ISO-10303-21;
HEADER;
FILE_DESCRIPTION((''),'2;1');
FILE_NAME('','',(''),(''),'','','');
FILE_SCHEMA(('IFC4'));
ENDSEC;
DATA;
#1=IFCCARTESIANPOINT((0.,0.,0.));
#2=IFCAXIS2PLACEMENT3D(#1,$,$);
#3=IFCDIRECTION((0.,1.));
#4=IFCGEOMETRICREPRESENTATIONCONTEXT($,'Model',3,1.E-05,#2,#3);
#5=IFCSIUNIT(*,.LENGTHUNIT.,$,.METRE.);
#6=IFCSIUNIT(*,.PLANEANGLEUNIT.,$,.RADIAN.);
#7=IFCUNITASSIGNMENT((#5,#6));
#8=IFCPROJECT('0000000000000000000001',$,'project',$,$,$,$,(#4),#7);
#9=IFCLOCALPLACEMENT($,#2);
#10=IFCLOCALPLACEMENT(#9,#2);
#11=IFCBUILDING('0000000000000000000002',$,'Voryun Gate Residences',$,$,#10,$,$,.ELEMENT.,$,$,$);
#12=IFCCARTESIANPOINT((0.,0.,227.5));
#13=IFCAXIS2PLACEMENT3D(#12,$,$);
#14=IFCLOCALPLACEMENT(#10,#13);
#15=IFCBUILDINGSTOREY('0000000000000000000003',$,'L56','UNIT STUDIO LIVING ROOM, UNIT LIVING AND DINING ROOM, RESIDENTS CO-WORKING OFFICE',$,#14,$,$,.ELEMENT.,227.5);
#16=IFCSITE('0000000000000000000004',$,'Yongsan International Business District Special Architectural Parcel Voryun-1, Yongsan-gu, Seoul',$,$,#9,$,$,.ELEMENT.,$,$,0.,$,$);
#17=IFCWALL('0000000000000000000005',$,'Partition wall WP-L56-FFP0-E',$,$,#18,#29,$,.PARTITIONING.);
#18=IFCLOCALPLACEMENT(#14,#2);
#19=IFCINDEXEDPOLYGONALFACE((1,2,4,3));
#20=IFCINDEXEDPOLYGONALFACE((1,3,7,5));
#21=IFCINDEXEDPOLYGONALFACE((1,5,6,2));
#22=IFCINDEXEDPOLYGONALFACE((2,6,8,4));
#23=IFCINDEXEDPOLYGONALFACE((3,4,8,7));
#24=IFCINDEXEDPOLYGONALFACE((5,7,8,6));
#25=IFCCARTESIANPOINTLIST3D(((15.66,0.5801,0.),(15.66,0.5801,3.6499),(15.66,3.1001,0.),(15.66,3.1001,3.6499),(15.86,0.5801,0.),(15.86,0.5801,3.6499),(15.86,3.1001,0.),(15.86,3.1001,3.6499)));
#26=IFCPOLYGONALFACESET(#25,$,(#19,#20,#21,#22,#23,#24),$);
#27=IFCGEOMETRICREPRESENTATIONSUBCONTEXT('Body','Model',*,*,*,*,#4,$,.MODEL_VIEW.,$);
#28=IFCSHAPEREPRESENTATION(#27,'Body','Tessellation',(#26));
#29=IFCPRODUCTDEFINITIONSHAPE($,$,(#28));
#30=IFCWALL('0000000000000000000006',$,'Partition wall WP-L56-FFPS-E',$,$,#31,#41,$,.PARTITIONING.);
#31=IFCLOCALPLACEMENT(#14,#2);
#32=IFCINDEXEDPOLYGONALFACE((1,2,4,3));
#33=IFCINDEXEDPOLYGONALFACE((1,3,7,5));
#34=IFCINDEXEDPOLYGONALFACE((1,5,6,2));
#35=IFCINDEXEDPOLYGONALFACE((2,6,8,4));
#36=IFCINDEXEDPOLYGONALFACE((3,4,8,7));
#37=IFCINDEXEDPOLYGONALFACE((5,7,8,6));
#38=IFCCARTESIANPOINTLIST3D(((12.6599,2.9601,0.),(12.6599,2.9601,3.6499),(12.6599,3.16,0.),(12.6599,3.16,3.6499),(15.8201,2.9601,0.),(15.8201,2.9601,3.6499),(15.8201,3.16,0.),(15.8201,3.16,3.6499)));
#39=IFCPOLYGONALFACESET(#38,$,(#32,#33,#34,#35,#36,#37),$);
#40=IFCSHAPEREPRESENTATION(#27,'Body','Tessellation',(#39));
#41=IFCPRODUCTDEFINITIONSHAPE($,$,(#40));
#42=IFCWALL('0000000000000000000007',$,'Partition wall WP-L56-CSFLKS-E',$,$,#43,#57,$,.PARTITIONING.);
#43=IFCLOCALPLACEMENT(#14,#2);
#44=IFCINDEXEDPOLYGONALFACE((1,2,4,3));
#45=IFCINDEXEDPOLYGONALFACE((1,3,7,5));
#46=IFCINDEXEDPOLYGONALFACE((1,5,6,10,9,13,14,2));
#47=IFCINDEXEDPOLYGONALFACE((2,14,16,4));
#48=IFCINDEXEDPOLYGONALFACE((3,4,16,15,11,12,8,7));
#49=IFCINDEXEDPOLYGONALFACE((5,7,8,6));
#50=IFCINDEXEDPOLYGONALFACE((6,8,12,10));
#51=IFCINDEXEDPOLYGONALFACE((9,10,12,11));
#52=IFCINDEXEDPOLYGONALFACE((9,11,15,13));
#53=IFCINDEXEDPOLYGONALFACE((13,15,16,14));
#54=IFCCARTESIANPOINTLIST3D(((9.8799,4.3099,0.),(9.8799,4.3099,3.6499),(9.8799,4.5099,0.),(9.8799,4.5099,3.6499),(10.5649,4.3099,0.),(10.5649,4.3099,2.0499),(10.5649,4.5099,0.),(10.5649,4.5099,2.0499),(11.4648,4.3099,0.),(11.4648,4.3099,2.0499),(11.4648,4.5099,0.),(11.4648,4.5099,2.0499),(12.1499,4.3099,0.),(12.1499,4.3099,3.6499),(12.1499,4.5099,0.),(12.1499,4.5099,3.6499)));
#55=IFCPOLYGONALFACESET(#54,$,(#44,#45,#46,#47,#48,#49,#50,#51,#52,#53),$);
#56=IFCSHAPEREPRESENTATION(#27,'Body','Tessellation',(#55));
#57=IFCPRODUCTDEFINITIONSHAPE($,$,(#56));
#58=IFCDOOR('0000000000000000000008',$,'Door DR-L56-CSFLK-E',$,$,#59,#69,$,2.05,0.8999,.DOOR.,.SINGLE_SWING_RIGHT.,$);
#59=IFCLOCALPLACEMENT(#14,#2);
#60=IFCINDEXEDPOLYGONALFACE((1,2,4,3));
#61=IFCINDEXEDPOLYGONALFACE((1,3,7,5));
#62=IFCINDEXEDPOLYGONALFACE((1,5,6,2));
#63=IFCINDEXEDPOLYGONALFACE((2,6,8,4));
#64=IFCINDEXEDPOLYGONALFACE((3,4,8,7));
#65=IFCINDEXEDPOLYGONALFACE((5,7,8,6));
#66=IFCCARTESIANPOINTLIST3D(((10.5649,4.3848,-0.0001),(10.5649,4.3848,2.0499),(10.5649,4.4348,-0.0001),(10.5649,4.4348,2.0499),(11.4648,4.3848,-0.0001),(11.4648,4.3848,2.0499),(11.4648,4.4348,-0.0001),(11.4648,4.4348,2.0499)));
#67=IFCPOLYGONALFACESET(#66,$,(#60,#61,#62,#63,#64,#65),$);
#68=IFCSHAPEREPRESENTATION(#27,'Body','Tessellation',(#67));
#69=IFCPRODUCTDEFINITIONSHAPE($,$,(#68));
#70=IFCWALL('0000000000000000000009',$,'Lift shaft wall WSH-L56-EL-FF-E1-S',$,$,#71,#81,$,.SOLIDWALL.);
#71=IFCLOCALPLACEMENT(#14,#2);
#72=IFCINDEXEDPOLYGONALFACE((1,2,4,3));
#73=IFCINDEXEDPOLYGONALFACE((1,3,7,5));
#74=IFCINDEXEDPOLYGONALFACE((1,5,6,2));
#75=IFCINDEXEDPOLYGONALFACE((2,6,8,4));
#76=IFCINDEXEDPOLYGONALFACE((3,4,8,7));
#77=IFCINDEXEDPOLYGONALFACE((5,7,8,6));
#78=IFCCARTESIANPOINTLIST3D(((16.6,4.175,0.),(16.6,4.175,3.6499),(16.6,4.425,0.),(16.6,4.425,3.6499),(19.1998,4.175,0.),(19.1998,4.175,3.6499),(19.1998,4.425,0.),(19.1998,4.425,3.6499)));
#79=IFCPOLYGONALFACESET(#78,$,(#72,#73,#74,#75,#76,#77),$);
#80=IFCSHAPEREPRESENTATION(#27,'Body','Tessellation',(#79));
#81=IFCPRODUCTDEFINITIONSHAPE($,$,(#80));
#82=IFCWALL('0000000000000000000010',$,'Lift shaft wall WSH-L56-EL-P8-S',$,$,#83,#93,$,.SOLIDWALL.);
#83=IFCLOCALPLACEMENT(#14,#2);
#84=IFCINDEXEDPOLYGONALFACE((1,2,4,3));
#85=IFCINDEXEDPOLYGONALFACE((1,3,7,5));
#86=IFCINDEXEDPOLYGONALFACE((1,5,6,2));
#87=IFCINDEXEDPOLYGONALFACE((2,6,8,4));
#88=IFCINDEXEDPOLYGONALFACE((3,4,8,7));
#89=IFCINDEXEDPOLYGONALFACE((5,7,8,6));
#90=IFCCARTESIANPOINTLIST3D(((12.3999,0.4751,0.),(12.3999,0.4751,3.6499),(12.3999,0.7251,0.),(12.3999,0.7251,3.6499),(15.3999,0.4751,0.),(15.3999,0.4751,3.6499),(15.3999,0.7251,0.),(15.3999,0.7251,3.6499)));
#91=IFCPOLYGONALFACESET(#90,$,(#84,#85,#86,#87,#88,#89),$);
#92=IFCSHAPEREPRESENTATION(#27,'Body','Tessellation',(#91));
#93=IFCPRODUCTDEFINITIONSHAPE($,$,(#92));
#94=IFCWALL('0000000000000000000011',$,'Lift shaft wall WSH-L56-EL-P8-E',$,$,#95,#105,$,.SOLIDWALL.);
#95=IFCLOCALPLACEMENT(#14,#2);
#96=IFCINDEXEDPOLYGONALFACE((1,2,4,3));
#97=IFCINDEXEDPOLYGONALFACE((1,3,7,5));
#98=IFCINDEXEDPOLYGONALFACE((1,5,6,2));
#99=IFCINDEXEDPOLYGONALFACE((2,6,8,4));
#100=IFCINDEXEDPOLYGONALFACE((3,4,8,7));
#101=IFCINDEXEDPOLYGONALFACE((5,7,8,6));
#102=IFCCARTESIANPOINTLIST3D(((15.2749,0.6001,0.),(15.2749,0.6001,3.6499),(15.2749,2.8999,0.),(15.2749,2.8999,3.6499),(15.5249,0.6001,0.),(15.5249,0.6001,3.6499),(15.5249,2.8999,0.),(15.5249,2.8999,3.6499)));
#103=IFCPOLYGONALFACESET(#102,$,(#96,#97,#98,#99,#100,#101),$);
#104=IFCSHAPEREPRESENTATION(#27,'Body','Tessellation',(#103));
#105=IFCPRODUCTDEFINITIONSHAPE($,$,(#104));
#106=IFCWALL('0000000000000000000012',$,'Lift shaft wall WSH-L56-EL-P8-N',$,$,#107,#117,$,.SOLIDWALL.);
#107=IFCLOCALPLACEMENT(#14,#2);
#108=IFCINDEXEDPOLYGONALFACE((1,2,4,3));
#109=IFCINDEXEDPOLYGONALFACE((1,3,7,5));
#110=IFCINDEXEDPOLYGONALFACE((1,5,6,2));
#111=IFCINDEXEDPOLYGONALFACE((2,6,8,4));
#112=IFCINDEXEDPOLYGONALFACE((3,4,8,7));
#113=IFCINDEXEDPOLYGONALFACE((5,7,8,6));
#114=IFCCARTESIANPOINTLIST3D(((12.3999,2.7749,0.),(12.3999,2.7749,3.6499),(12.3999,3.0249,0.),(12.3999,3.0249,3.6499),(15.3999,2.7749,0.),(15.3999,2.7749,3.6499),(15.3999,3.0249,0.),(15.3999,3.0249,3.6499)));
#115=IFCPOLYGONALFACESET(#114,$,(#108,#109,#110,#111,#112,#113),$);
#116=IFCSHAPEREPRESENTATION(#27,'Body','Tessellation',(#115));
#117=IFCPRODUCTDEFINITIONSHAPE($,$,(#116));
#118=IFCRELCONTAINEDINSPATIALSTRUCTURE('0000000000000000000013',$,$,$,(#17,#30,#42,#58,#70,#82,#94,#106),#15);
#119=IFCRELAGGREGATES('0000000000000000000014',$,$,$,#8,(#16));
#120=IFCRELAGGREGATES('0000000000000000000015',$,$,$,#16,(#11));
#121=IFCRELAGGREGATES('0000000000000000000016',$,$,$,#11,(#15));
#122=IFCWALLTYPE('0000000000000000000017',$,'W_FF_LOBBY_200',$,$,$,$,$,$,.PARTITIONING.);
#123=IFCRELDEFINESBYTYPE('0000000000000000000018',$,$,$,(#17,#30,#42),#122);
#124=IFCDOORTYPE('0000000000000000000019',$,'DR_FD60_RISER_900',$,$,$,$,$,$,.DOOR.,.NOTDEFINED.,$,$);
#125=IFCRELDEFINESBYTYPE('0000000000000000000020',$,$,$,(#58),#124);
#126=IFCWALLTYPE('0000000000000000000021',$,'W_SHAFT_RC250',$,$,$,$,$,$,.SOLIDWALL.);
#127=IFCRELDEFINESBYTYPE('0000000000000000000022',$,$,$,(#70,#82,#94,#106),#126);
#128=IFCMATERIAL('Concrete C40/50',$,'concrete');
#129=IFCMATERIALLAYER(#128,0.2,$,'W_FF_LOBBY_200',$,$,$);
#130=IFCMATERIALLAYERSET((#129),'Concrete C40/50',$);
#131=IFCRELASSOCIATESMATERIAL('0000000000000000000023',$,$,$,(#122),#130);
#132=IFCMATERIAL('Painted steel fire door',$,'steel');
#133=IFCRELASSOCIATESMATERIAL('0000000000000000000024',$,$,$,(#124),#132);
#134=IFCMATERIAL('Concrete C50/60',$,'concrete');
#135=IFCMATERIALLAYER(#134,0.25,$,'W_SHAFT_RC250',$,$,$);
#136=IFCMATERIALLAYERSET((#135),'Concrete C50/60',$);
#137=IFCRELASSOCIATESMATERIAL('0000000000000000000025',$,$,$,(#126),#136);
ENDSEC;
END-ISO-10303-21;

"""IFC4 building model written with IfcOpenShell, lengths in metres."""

from ifc_helpers import new_model, si_unit, direction, frame, frame_2d, origin, place, context, subcontext, project, spatial, rectangle, extrude, material, layer, layer_set, type_object, element, fill, save


model = new_model("IFC4")

# Units and contexts
model_context = context("Model", 3, precision=1e-05, world=origin(), true_north=direction((0.0, 1.0)))
body_context = subcontext(model_context, "Body", "Model", "MODEL_VIEW")
ifc_project = project(units=[si_unit("LENGTHUNIT", "METRE"), si_unit("PLANEANGLEUNIT", "RADIAN")], contexts=[model_context])

# Site, building, storey
site_placement = place(None, origin())
site = spatial("IfcSite", under=ifc_project, at=site_placement, Name="Yongsan International Business District Special Architectural Parcel Voryun-1, Yongsan-gu, Seoul", CompositionType="ELEMENT", RefElevation=0.0)
building_placement = place(site_placement, origin())
building = spatial("IfcBuilding", under=site, at=building_placement, Name="Voryun Gate Residences", CompositionType="ELEMENT")
storey_placement = place(building_placement, frame((0.0, 0.0, 227.5)))
storey = spatial("IfcBuildingStorey", under=building, at=storey_placement, Name="L56", Description="UNIT STUDIO LIVING ROOM, UNIT LIVING AND DINING ROOM, RESIDENTS CO-WORKING OFFICE", CompositionType="ELEMENT", Elevation=227.5)

# Walls
ifc_material_1 = material(Name="Concrete C40/50", Category="concrete")
ifc_layer_1 = layer(ifc_material_1, 0.2, Name="W_FF_LOBBY_200")
ifc_layer_set_1 = layer_set([ifc_layer_1], Name="Concrete C40/50")
wall_type_1 = type_object("IfcWallType", Name="W_FF_LOBBY_200", PredefinedType="PARTITIONING", material=ifc_layer_set_1)
wall_1_placement = place(storey_placement, frame((15.76, 0.5801, 0.0), z_axis=(0.0, 0.0, 1.0), x_axis=(0.0, 1.0, 0.0)))
element("IfcWall", 1, at=wall_1_placement, inside=storey, type_object=wall_type_1, Name="Partition wall WP-L56-FFP0-E", PredefinedType="PARTITIONING", context=body_context, shape_type="SweptSolid", body=[
    extrude(rectangle(XDim=2.52, YDim=0.2, at=frame_2d((1.26, 0.0))), origin(), (0.0, 0.0, 1.0), 3.6499),
])
wall_2_placement = place(storey_placement, frame((12.6599, 3.0601, 0.0), z_axis=(0.0, 0.0, 1.0), x_axis=(1.0, 0.0, 0.0)))
element("IfcWall", 2, at=wall_2_placement, inside=storey, type_object=wall_type_1, Name="Partition wall WP-L56-FFPS-E", PredefinedType="PARTITIONING", context=body_context, shape_type="SweptSolid", body=[
    extrude(rectangle(XDim=3.1602, YDim=0.2, at=frame_2d((1.5801, 0.0))), origin(), (0.0, 0.0, 1.0), 3.6499),
])

# Wall, opening, door
wall_3_placement = place(storey_placement, frame((9.8799, 4.4099, 0.0), z_axis=(0.0, 0.0, 1.0), x_axis=(1.0, 0.0, 0.0)))
wall_3 = element("IfcWall", 3, at=wall_3_placement, inside=storey, type_object=wall_type_1, Name="Partition wall WP-L56-CSFLKS-E", PredefinedType="PARTITIONING", context=body_context, shape_type="SweptSolid", body=[
    extrude(rectangle(XDim=2.27, YDim=0.2, at=frame_2d((1.135, 0.0))), origin(), (0.0, 0.0, 1.0), 3.6499),
])
opening_1_placement = place(wall_3_placement, frame((0.6851, 0.0, 0.0)))
opening_1 = element("IfcOpeningElement", 4, at=opening_1_placement, cuts=wall_3, PredefinedType="OPENING", context=body_context, shape_type="SweptSolid", body=[
    extrude(rectangle(XDim=0.8999, YDim=2.05, at=frame_2d((0.45, 1.0249))), frame((0.0, 0.1101, 0.0), z_axis=(0.0, -1.0, 0.0), x_axis=(1.0, 0.0, 0.0)), (0.0, 0.0, 1.0), 0.22),
])
ifc_material_2 = material(Name="Painted steel fire door", Category="steel")
door_type_1 = type_object("IfcDoorType", Name="DR_FD60_RISER_900", OperationType="NOTDEFINED", PredefinedType="DOOR", material=ifc_material_2)
door_1_placement = place(opening_1_placement, origin())
door_1 = element("IfcDoor", 5, at=door_1_placement, inside=storey, type_object=door_type_1, Name="Door DR-L56-CSFLK-E", OperationType="SINGLE_SWING_RIGHT", OverallHeight=2.05, OverallWidth=0.8999, PredefinedType="DOOR", context=body_context, shape_type="SweptSolid", body=[
    extrude(rectangle(XDim=0.8999, YDim=2.05, at=frame_2d((0.45, 1.0249))), frame((0.0, 0.0249, 0.0), z_axis=(0.0, -1.0, 0.0), x_axis=(1.0, 0.0, 0.0)), (0.0, 0.0, 1.0), 0.05),
])
fill(opening_1, door_1)

# Walls
ifc_material_3 = material(Name="Concrete C50/60", Category="concrete")
ifc_layer_2 = layer(ifc_material_3, 0.25, Name="W_SHAFT_RC250")
ifc_layer_set_2 = layer_set([ifc_layer_2], Name="Concrete C50/60")
wall_type_2 = type_object("IfcWallType", Name="W_SHAFT_RC250", PredefinedType="SOLIDWALL", material=ifc_layer_set_2)
wall_4_placement = place(storey_placement, frame((16.6001, 4.3, 0.0), z_axis=(0.0, 0.0, 1.0), x_axis=(1.0, 0.0, 0.0)))
element("IfcWall", 6, at=wall_4_placement, inside=storey, type_object=wall_type_2, Name="Lift shaft wall WSH-L56-EL-FF-E1-S", PredefinedType="SOLIDWALL", context=body_context, shape_type="SweptSolid", body=[
    extrude(rectangle(XDim=2.5999, YDim=0.25, at=frame_2d((1.2998, 0.0))), origin(), (0.0, 0.0, 1.0), 3.6499),
])
wall_5_placement = place(storey_placement, frame((12.3999, 0.6001, 0.0), z_axis=(0.0, 0.0, 1.0), x_axis=(1.0, 0.0, 0.0)))
element("IfcWall", 7, at=wall_5_placement, inside=storey, type_object=wall_type_2, Name="Lift shaft wall WSH-L56-EL-P8-S", PredefinedType="SOLIDWALL", context=body_context, shape_type="SweptSolid", body=[
    extrude(rectangle(XDim=3.0, YDim=0.25, at=frame_2d((1.5, 0.0))), origin(), (0.0, 0.0, 1.0), 3.6499),
])
wall_6_placement = place(storey_placement, frame((15.3999, 0.6001, 0.0), z_axis=(0.0, 0.0, 1.0), x_axis=(0.0, 1.0, 0.0)))
element("IfcWall", 8, at=wall_6_placement, inside=storey, type_object=wall_type_2, Name="Lift shaft wall WSH-L56-EL-P8-E", PredefinedType="SOLIDWALL", context=body_context, shape_type="SweptSolid", body=[
    extrude(rectangle(XDim=2.2998, YDim=0.25, at=frame_2d((1.1499, 0.0))), origin(), (0.0, 0.0, 1.0), 3.6499),
])
wall_7_placement = place(storey_placement, frame((15.3999, 2.8999, 0.0), z_axis=(0.0, 0.0, 1.0), x_axis=(-1.0, 0.0, 0.0)))
element("IfcWall", 9, at=wall_7_placement, inside=storey, type_object=wall_type_2, Name="Lift shaft wall WSH-L56-EL-P8-N", PredefinedType="SOLIDWALL", context=body_context, shape_type="SweptSolid", body=[
    extrude(rectangle(XDim=3.0, YDim=0.25, at=frame_2d((1.5, 0.0))), origin(), (0.0, 0.0, 1.0), 3.6499),
])

save(model, "model.ifc")
